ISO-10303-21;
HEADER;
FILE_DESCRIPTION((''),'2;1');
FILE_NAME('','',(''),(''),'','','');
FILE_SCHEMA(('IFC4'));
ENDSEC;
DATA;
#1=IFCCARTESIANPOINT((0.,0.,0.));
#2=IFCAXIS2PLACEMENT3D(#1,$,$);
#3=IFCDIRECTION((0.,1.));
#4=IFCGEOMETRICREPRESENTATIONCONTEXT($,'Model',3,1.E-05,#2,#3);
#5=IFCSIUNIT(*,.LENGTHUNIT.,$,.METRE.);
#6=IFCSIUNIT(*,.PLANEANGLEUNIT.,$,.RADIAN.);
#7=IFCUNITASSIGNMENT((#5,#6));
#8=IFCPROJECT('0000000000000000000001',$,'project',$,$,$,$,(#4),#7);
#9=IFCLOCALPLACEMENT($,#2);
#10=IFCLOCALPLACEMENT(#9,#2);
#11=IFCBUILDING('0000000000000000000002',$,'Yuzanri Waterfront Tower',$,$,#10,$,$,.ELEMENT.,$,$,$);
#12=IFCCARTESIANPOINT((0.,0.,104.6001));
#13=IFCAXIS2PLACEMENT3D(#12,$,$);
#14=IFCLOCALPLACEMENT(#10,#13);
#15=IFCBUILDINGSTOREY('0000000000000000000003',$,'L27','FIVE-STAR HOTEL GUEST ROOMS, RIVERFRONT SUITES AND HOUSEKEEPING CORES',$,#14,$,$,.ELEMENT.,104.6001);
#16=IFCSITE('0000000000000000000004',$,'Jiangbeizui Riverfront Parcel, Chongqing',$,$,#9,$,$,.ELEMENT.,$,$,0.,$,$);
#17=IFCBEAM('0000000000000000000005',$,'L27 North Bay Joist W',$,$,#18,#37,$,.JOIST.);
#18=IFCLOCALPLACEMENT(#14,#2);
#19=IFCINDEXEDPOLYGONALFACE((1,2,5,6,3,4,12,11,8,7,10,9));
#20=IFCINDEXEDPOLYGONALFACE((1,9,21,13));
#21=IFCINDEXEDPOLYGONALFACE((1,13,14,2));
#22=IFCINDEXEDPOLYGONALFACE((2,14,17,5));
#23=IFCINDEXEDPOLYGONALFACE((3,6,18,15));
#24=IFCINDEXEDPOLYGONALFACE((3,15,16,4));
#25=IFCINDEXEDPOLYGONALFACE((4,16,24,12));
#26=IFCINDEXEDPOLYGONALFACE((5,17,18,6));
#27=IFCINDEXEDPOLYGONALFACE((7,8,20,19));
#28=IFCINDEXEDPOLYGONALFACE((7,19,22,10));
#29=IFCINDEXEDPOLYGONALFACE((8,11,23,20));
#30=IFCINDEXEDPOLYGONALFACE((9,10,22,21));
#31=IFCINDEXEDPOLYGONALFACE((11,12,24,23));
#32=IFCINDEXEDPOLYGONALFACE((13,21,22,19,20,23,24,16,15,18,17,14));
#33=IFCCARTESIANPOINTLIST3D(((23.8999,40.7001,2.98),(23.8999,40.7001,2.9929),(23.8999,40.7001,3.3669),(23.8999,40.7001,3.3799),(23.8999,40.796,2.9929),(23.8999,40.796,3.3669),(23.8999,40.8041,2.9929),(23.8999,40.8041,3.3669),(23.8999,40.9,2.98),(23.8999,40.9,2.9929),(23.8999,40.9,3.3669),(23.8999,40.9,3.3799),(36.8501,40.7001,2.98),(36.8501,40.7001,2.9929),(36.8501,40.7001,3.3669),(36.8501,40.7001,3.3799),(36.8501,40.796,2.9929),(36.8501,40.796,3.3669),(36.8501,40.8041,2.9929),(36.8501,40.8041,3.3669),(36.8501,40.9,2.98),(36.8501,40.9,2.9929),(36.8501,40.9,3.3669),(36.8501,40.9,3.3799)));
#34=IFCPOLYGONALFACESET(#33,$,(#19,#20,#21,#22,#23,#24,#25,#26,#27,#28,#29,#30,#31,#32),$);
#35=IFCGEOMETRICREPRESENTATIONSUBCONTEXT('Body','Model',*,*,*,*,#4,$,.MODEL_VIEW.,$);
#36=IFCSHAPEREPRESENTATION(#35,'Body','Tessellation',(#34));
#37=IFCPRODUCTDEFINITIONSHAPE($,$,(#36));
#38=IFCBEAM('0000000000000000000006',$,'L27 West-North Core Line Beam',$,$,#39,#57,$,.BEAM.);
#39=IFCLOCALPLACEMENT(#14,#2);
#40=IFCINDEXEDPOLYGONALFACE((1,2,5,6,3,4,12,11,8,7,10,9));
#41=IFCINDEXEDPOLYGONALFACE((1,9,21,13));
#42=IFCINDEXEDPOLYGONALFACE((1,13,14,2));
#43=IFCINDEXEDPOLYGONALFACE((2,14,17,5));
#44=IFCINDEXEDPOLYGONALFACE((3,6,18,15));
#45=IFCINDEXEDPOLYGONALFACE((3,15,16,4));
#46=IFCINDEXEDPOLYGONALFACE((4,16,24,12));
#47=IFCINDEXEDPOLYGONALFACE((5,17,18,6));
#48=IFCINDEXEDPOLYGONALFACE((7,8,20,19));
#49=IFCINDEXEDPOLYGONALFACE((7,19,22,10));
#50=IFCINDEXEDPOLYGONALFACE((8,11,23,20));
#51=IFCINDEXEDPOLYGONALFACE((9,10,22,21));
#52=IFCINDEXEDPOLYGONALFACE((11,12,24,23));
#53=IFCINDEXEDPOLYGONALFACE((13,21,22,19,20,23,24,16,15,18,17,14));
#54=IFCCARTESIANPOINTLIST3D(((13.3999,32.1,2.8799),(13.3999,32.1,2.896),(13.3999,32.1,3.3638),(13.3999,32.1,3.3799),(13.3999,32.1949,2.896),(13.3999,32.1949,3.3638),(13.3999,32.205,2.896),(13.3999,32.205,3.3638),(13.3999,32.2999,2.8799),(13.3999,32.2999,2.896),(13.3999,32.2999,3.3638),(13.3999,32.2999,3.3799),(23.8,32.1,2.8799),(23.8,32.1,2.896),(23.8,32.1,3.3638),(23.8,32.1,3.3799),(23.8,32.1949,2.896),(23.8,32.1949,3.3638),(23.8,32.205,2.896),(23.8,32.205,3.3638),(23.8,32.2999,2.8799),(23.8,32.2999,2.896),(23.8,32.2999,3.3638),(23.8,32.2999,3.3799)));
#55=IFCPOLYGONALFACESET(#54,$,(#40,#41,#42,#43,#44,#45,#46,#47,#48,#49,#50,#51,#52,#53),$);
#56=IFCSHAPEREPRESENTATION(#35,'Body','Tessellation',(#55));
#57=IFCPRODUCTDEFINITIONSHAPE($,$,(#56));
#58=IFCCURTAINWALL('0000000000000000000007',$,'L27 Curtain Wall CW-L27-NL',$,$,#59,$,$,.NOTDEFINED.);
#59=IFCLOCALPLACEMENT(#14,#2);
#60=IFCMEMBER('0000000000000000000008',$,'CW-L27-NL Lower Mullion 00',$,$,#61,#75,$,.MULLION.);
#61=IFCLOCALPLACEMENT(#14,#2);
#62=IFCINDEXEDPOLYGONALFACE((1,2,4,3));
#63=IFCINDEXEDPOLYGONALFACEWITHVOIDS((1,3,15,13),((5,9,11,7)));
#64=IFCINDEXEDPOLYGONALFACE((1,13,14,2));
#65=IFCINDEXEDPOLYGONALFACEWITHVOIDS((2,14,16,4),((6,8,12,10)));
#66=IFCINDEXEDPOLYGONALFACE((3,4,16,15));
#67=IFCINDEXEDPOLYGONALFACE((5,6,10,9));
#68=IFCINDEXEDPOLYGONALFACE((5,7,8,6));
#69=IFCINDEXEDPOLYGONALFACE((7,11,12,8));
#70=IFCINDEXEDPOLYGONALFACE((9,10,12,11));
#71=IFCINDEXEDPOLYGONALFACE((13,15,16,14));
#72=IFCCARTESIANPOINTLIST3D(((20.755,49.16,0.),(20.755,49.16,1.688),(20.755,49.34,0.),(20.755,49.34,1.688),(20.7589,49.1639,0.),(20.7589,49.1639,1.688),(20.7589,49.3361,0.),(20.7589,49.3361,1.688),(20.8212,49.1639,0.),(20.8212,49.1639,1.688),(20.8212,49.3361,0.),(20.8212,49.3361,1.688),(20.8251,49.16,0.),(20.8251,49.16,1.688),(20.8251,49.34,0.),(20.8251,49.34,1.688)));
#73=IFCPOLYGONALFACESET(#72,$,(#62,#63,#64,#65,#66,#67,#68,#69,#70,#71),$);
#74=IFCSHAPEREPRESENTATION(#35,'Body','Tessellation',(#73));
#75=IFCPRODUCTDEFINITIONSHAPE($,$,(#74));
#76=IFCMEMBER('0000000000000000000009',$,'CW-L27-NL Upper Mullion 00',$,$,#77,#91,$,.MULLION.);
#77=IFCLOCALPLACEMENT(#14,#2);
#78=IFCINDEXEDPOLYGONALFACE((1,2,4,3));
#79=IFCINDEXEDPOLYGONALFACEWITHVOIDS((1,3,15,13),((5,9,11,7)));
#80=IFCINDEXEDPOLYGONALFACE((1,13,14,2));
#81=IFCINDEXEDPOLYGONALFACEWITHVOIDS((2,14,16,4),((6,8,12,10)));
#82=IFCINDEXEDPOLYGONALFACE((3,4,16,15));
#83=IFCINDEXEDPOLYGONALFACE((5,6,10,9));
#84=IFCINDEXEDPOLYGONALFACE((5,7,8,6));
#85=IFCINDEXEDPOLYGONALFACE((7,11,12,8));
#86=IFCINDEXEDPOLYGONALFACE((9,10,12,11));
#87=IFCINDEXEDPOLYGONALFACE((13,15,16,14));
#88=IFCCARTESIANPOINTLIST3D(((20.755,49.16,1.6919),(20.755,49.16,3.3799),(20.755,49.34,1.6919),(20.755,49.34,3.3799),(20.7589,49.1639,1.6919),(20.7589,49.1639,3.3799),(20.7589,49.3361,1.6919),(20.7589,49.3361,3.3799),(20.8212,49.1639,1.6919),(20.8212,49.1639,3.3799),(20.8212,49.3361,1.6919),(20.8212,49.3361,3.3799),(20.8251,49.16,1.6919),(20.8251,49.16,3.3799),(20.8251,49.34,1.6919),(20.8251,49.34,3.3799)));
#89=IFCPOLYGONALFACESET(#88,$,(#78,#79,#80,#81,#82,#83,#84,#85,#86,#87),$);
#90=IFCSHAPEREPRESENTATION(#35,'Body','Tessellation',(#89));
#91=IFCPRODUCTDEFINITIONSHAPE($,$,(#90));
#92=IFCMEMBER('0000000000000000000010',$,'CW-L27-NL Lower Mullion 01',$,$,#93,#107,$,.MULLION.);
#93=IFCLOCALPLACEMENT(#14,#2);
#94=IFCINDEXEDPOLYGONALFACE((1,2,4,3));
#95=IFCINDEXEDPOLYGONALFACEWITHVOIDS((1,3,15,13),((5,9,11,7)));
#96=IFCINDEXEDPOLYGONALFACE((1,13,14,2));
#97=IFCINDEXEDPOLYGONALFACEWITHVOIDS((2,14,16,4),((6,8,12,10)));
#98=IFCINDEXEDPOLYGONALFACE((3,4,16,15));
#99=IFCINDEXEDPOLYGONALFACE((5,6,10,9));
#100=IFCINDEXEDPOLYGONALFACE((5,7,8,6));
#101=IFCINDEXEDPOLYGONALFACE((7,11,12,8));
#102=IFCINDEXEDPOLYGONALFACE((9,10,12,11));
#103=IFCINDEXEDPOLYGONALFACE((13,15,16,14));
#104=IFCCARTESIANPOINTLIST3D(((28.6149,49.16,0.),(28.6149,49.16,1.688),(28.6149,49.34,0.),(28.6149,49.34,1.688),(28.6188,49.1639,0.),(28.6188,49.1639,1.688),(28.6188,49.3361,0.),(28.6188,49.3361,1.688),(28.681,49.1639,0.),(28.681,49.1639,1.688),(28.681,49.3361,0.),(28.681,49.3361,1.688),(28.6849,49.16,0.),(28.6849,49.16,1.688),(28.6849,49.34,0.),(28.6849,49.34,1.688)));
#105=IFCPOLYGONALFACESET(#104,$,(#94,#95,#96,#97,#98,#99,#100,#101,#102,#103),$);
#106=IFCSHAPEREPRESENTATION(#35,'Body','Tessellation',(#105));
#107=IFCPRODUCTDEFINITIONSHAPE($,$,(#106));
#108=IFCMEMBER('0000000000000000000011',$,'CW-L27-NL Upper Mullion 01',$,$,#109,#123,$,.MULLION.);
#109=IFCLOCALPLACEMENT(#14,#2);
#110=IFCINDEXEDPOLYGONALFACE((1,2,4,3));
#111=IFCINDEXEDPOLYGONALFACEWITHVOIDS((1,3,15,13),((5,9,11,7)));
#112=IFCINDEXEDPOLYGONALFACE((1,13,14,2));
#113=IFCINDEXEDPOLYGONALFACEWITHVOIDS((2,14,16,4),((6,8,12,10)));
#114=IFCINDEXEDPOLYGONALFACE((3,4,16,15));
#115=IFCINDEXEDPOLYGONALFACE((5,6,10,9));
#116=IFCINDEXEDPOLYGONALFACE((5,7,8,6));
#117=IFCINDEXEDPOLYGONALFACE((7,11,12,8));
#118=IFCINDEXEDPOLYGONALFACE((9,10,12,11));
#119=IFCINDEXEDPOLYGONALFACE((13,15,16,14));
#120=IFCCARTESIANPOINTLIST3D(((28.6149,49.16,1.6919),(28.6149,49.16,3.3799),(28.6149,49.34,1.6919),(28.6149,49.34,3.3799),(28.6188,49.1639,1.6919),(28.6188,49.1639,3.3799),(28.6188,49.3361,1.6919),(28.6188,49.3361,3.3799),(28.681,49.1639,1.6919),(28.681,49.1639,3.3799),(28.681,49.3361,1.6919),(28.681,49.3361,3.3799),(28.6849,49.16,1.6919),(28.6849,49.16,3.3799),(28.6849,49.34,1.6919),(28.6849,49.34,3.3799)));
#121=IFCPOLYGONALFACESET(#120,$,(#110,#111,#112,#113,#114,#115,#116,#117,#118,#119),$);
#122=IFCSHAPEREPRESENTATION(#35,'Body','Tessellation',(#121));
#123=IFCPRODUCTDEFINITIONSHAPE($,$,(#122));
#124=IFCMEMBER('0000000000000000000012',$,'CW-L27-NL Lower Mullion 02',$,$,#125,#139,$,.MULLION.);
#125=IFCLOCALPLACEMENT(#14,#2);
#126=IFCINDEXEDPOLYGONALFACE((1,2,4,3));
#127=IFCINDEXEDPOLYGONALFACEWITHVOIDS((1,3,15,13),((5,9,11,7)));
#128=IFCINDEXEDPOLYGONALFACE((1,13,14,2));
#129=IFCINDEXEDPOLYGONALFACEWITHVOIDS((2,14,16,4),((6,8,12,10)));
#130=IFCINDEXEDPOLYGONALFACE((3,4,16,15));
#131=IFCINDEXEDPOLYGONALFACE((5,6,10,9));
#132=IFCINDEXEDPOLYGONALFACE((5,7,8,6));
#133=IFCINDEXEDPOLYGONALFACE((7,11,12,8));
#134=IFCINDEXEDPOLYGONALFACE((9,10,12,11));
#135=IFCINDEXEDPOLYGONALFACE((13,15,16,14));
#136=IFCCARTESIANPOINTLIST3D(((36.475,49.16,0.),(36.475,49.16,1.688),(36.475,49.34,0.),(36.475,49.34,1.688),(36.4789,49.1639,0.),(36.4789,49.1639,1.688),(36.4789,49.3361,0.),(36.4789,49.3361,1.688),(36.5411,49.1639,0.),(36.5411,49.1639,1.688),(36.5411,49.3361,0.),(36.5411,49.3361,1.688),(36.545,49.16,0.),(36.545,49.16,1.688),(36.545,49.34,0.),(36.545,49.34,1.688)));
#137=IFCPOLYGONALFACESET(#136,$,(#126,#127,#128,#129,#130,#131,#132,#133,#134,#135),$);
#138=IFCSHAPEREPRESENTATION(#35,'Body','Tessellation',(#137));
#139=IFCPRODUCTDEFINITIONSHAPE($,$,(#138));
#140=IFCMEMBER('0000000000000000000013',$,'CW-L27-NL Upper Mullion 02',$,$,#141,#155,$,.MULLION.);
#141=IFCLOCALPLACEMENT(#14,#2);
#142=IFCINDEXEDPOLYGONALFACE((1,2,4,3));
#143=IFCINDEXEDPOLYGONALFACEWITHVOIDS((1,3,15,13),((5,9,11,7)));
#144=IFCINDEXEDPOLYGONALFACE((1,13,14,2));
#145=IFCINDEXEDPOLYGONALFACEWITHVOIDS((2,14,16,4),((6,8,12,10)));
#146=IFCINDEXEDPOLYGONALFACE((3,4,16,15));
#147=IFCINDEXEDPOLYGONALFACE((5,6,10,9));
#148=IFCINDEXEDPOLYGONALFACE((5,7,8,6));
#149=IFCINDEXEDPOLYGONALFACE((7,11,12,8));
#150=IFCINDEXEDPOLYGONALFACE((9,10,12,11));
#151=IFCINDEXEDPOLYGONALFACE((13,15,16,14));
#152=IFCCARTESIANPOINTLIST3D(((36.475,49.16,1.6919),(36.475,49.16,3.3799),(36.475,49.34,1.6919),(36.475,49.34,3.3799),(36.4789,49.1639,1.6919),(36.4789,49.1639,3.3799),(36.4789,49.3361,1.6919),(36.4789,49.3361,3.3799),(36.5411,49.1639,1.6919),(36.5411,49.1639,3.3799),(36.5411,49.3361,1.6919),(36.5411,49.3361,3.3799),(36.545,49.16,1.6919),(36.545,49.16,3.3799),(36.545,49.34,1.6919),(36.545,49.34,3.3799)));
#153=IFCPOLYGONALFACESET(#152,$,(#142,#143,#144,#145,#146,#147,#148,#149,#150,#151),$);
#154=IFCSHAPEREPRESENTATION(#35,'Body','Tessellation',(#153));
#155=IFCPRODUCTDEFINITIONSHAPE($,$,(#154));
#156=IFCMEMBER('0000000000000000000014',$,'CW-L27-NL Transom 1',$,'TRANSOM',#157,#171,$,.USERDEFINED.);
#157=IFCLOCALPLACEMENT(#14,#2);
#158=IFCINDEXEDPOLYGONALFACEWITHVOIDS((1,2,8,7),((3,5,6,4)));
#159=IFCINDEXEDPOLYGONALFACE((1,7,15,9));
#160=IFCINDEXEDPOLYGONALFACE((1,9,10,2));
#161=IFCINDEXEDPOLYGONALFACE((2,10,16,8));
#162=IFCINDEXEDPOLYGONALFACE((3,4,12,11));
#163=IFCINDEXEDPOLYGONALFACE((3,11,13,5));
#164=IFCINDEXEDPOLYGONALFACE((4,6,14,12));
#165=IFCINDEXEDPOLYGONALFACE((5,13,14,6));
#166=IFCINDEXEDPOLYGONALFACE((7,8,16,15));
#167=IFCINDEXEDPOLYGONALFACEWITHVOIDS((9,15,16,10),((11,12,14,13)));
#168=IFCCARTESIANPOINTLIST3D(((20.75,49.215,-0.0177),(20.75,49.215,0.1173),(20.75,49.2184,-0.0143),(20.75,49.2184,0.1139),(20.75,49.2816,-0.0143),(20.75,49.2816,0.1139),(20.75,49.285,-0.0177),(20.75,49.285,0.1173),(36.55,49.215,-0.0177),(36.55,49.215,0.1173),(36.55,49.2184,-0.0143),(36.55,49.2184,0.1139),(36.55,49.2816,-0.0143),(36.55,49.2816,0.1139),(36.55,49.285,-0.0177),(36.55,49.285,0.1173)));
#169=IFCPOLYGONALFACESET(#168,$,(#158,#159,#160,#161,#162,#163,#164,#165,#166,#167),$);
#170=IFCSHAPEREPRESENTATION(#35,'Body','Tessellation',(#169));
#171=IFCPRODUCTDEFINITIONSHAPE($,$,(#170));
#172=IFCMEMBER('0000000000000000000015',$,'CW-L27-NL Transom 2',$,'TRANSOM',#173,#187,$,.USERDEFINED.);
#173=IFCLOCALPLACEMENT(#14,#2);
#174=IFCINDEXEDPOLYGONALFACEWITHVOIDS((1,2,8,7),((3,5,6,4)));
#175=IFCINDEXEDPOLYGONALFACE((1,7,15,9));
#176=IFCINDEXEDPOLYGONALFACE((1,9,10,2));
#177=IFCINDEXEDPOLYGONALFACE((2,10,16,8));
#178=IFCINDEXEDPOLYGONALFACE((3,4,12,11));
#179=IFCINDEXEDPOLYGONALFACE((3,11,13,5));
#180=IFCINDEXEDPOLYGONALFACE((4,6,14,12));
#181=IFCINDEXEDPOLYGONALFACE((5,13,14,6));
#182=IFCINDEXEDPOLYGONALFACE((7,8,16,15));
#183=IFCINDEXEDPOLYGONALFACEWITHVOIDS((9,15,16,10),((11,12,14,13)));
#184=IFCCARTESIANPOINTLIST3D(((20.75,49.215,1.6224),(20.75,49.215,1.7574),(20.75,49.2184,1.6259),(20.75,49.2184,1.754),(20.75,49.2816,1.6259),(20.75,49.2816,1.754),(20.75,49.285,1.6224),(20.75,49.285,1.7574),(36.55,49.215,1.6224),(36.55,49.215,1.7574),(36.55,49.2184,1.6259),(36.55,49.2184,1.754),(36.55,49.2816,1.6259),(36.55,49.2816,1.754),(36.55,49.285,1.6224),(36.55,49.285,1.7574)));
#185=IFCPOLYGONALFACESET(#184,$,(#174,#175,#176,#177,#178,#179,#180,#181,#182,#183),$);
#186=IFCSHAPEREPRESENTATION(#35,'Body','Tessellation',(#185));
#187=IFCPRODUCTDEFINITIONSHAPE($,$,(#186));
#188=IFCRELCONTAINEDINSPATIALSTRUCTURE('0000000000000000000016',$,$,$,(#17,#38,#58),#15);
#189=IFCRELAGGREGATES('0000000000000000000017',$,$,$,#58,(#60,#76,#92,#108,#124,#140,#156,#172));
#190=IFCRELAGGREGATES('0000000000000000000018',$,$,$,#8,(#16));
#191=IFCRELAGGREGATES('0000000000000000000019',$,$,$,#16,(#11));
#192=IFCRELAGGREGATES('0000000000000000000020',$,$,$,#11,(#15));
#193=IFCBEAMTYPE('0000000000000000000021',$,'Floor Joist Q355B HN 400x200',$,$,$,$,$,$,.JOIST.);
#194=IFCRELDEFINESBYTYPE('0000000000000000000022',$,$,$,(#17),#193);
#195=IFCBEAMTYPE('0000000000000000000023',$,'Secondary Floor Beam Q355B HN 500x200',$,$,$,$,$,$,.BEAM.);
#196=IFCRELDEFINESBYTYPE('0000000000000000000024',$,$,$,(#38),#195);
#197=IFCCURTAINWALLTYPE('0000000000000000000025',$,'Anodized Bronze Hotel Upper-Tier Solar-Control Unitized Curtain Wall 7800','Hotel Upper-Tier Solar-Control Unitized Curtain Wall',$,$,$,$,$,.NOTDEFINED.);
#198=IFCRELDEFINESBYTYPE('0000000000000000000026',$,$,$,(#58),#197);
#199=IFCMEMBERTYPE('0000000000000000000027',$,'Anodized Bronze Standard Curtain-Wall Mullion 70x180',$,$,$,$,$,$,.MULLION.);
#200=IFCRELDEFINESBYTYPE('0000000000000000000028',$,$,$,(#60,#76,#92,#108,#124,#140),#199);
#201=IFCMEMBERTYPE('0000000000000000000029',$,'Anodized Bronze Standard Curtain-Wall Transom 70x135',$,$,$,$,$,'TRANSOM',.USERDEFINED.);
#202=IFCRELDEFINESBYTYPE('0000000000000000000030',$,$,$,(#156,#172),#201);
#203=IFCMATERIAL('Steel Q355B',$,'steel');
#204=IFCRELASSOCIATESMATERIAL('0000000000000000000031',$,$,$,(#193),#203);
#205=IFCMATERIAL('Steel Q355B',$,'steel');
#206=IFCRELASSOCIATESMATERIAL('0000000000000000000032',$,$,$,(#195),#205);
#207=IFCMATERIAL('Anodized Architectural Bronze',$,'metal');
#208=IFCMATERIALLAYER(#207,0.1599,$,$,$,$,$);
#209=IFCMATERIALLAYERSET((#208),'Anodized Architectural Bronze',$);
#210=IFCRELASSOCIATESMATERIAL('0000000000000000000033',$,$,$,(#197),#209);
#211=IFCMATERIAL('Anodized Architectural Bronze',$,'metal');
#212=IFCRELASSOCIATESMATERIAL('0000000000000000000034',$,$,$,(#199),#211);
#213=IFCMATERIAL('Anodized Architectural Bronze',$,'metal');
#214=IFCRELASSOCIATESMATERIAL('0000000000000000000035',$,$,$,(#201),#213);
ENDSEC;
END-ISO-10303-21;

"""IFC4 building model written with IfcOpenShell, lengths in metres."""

from ifc_helpers import new_model, si_unit, direction, frame, origin, origin_2d, place, context, subcontext, project, spatial, hollow_rectangle, i_section, extrude, source, transform, mapped, material, layer, layer_set, material_profile, profile_set, type_object, element, aggregate, save


model = new_model("IFC4")

# Units and contexts
model_context = context("Model", 3, precision=1e-05, world=origin(), true_north=direction((0.0, 1.0)))
body_context = subcontext(model_context, "Body", "Model", "MODEL_VIEW")
ifc_project = project(units=[si_unit("LENGTHUNIT", "METRE"), si_unit("PLANEANGLEUNIT", "RADIAN")], contexts=[model_context])

# Site, building, storey
site_placement = place(None, origin())
site = spatial("IfcSite", under=ifc_project, at=site_placement, Name="Jiangbeizui Riverfront Parcel, Chongqing", CompositionType="ELEMENT", RefElevation=0.0)
building_placement = place(site_placement, origin())
building = spatial("IfcBuilding", under=site, at=building_placement, Name="Yuzanri Waterfront Tower", CompositionType="ELEMENT")
storey_placement = place(building_placement, frame((0.0, 0.0, 104.6001)))
storey = spatial("IfcBuildingStorey", under=building, at=storey_placement, Name="L27", Description="FIVE-STAR HOTEL GUEST ROOMS, RIVERFRONT SUITES AND HOUSEKEEPING CORES", CompositionType="ELEMENT", Elevation=104.6001)

# Beams
ifc_material_1 = material(Name="Steel Q355B", Category="steel")
ifc_material_profile_1 = material_profile(ifc_material_1, i_section(OverallWidth=0.2, OverallDepth=0.3999, WebThickness=0.0081, FlangeThickness=0.0129, at=origin_2d()), Name="HN 400x200x8x13")
ifc_profile_set_1 = profile_set([ifc_material_profile_1], Name="Steel Q355B")
beam_type_1 = type_object("IfcBeamType", Name="Floor Joist Q355B HN 400x200", PredefinedType="JOIST", material=ifc_profile_set_1)
shared_shape_1 = source(origin(), body_context, "Body", "SweptSolid", [
    extrude(i_section(OverallWidth=0.2, OverallDepth=0.3999, WebThickness=0.0081, FlangeThickness=0.0129, at=origin_2d()), origin(), (0.0, 0.0, 1.0), 12.9502),
])
beam_1_placement = place(storey_placement, frame((23.8999, 40.8, 3.1799), z_axis=(1.0, 0.0, 0.0), x_axis=(0.0, 1.0, 0.0)))
element("IfcBeam", 1, at=beam_1_placement, inside=storey, type_object=beam_type_1, Name="L27 North Bay Joist W", PredefinedType="JOIST", context=body_context, shape_type="MappedRepresentation", body=[
    mapped(shared_shape_1, transform((0.0, 0.0, 0.0), scale=1.0)),
])
ifc_material_2 = material(Name="Steel Q355B", Category="steel")
ifc_material_profile_2 = material_profile(ifc_material_2, i_section(OverallWidth=0.2, OverallDepth=0.5, WebThickness=0.01, FlangeThickness=0.0161, at=origin_2d()), Name="HN 500x200x10x16")
ifc_profile_set_2 = profile_set([ifc_material_profile_2], Name="Steel Q355B")
beam_type_2 = type_object("IfcBeamType", Name="Secondary Floor Beam Q355B HN 500x200", PredefinedType="BEAM", material=ifc_profile_set_2)
shared_shape_2 = source(origin(), body_context, "Body", "SweptSolid", [
    extrude(i_section(OverallWidth=0.2, OverallDepth=0.5, WebThickness=0.01, FlangeThickness=0.0161, at=origin_2d()), origin(), (0.0, 0.0, 1.0), 10.4001),
])
beam_2_placement = place(storey_placement, frame((23.8, 32.2, 3.1299), z_axis=(-1.0, 0.0, 0.0), x_axis=(0.0, -1.0, 0.0)))
element("IfcBeam", 2, at=beam_2_placement, inside=storey, type_object=beam_type_2, Name="L27 West-North Core Line Beam", PredefinedType="BEAM", context=body_context, shape_type="MappedRepresentation", body=[
    mapped(shared_shape_2, transform((0.0, 0.0, 0.0), scale=1.0)),
])

# Curtain wall, members
ifc_material_3 = material(Name="Anodized Architectural Bronze", Category="metal")
ifc_layer_1 = layer(ifc_material_3, 0.1599)
ifc_layer_set_1 = layer_set([ifc_layer_1], Name="Anodized Architectural Bronze")
curtain_wall_type = type_object("IfcCurtainWallType", Name="Anodized Bronze Hotel Upper-Tier Solar-Control Unitized Curtain Wall 7800", Description="Hotel Upper-Tier Solar-Control Unitized Curtain Wall", PredefinedType="NOTDEFINED", material=ifc_layer_set_1)
curtain_wall_placement = place(storey_placement, origin())
curtain_wall = element("IfcCurtainWall", 3, at=curtain_wall_placement, inside=storey, type_object=curtain_wall_type, Name="L27 Curtain Wall CW-L27-NL", PredefinedType="NOTDEFINED")
ifc_material_4 = material(Name="Anodized Architectural Bronze", Category="metal")
ifc_material_profile_3 = material_profile(ifc_material_4, hollow_rectangle(XDim=0.0701, YDim=0.1799, WallThickness=0.0039, at=origin_2d()), Name="CWM 70x180")
ifc_profile_set_3 = profile_set([ifc_material_profile_3], Name="Anodized Architectural Bronze")
member_type_1 = type_object("IfcMemberType", Name="Anodized Bronze Standard Curtain-Wall Mullion 70x180", PredefinedType="MULLION", material=ifc_profile_set_3)
shared_shape_3 = source(origin(), body_context, "Body", "SweptSolid", [
    extrude(hollow_rectangle(XDim=0.0701, YDim=0.1799, WallThickness=0.0039, at=origin_2d()), origin(), (0.0, 0.0, 1.0), 1.688),
])
member_1_placement = place(storey_placement, frame((20.79, 49.25, 0.0), z_axis=(0.0, 0.0, 1.0), x_axis=(1.0, 0.0, 0.0)))
member_1 = element("IfcMember", 4, at=member_1_placement, type_object=member_type_1, Name="CW-L27-NL Lower Mullion 00", PredefinedType="MULLION", context=body_context, shape_type="MappedRepresentation", body=[
    mapped(shared_shape_3, transform((0.0, 0.0, 0.0), scale=1.0)),
])
member_2_placement = place(storey_placement, frame((20.79, 49.25, 1.6919), z_axis=(0.0, 0.0, 1.0), x_axis=(1.0, 0.0, 0.0)))
member_2 = element("IfcMember", 5, at=member_2_placement, type_object=member_type_1, Name="CW-L27-NL Upper Mullion 00", PredefinedType="MULLION", context=body_context, shape_type="MappedRepresentation", body=[
    mapped(shared_shape_3, transform((0.0, 0.0, 0.0), scale=1.0)),
])
member_3_placement = place(storey_placement, frame((28.6499, 49.25, 0.0), z_axis=(0.0, 0.0, 1.0), x_axis=(1.0, 0.0, 0.0)))
member_3 = element("IfcMember", 6, at=member_3_placement, type_object=member_type_1, Name="CW-L27-NL Lower Mullion 01", PredefinedType="MULLION", context=body_context, shape_type="MappedRepresentation", body=[
    mapped(shared_shape_3, transform((0.0, 0.0, 0.0), scale=1.0)),
])
member_4_placement = place(storey_placement, frame((28.6499, 49.25, 1.6919), z_axis=(0.0, 0.0, 1.0), x_axis=(1.0, 0.0, 0.0)))
member_4 = element("IfcMember", 7, at=member_4_placement, type_object=member_type_1, Name="CW-L27-NL Upper Mullion 01", PredefinedType="MULLION", context=body_context, shape_type="MappedRepresentation", body=[
    mapped(shared_shape_3, transform((0.0, 0.0, 0.0), scale=1.0)),
])
member_5_placement = place(storey_placement, frame((36.51, 49.25, 0.0), z_axis=(0.0, 0.0, 1.0), x_axis=(1.0, 0.0, 0.0)))
member_5 = element("IfcMember", 8, at=member_5_placement, type_object=member_type_1, Name="CW-L27-NL Lower Mullion 02", PredefinedType="MULLION", context=body_context, shape_type="MappedRepresentation", body=[
    mapped(shared_shape_3, transform((0.0, 0.0, 0.0), scale=1.0)),
])
member_6_placement = place(storey_placement, frame((36.51, 49.25, 1.6919), z_axis=(0.0, 0.0, 1.0), x_axis=(1.0, 0.0, 0.0)))
member_6 = element("IfcMember", 9, at=member_6_placement, type_object=member_type_1, Name="CW-L27-NL Upper Mullion 02", PredefinedType="MULLION", context=body_context, shape_type="MappedRepresentation", body=[
    mapped(shared_shape_3, transform((0.0, 0.0, 0.0), scale=1.0)),
])
ifc_material_5 = material(Name="Anodized Architectural Bronze", Category="metal")
ifc_material_profile_4 = material_profile(ifc_material_5, hollow_rectangle(XDim=0.0701, YDim=0.135, WallThickness=0.0034, at=origin_2d()), Name="CWT 70x135")
ifc_profile_set_4 = profile_set([ifc_material_profile_4], Name="Anodized Architectural Bronze")
member_type_2 = type_object("IfcMemberType", Name="Anodized Bronze Standard Curtain-Wall Transom 70x135", ElementType="TRANSOM", PredefinedType="USERDEFINED", material=ifc_profile_set_4)
shared_shape_4 = source(origin(), body_context, "Body", "SweptSolid", [
    extrude(hollow_rectangle(XDim=0.0701, YDim=0.135, WallThickness=0.0034, at=origin_2d()), origin(), (0.0, 0.0, 1.0), 15.8),
])
member_7_placement = place(storey_placement, frame((20.75, 49.25, 0.0498), z_axis=(1.0, 0.0, 0.0), x_axis=(0.0, 1.0, 0.0)))
member_7 = element("IfcMember", 10, at=member_7_placement, type_object=member_type_2, Name="CW-L27-NL Transom 1", ObjectType="TRANSOM", PredefinedType="USERDEFINED", context=body_context, shape_type="MappedRepresentation", body=[
    mapped(shared_shape_4, transform((0.0, 0.0, 0.0), scale=1.0)),
])
member_8_placement = place(storey_placement, frame((20.75, 49.25, 1.6899), z_axis=(1.0, 0.0, 0.0), x_axis=(0.0, 1.0, 0.0)))
member_8 = element("IfcMember", 11, at=member_8_placement, type_object=member_type_2, Name="CW-L27-NL Transom 2", ObjectType="TRANSOM", PredefinedType="USERDEFINED", context=body_context, shape_type="MappedRepresentation", body=[
    mapped(shared_shape_4, transform((0.0, 0.0, 0.0), scale=1.0)),
])

aggregate(curtain_wall, [member_1, member_2, member_3, member_4, member_5, member_6, member_7, member_8])

save(model, "model.ifc")
